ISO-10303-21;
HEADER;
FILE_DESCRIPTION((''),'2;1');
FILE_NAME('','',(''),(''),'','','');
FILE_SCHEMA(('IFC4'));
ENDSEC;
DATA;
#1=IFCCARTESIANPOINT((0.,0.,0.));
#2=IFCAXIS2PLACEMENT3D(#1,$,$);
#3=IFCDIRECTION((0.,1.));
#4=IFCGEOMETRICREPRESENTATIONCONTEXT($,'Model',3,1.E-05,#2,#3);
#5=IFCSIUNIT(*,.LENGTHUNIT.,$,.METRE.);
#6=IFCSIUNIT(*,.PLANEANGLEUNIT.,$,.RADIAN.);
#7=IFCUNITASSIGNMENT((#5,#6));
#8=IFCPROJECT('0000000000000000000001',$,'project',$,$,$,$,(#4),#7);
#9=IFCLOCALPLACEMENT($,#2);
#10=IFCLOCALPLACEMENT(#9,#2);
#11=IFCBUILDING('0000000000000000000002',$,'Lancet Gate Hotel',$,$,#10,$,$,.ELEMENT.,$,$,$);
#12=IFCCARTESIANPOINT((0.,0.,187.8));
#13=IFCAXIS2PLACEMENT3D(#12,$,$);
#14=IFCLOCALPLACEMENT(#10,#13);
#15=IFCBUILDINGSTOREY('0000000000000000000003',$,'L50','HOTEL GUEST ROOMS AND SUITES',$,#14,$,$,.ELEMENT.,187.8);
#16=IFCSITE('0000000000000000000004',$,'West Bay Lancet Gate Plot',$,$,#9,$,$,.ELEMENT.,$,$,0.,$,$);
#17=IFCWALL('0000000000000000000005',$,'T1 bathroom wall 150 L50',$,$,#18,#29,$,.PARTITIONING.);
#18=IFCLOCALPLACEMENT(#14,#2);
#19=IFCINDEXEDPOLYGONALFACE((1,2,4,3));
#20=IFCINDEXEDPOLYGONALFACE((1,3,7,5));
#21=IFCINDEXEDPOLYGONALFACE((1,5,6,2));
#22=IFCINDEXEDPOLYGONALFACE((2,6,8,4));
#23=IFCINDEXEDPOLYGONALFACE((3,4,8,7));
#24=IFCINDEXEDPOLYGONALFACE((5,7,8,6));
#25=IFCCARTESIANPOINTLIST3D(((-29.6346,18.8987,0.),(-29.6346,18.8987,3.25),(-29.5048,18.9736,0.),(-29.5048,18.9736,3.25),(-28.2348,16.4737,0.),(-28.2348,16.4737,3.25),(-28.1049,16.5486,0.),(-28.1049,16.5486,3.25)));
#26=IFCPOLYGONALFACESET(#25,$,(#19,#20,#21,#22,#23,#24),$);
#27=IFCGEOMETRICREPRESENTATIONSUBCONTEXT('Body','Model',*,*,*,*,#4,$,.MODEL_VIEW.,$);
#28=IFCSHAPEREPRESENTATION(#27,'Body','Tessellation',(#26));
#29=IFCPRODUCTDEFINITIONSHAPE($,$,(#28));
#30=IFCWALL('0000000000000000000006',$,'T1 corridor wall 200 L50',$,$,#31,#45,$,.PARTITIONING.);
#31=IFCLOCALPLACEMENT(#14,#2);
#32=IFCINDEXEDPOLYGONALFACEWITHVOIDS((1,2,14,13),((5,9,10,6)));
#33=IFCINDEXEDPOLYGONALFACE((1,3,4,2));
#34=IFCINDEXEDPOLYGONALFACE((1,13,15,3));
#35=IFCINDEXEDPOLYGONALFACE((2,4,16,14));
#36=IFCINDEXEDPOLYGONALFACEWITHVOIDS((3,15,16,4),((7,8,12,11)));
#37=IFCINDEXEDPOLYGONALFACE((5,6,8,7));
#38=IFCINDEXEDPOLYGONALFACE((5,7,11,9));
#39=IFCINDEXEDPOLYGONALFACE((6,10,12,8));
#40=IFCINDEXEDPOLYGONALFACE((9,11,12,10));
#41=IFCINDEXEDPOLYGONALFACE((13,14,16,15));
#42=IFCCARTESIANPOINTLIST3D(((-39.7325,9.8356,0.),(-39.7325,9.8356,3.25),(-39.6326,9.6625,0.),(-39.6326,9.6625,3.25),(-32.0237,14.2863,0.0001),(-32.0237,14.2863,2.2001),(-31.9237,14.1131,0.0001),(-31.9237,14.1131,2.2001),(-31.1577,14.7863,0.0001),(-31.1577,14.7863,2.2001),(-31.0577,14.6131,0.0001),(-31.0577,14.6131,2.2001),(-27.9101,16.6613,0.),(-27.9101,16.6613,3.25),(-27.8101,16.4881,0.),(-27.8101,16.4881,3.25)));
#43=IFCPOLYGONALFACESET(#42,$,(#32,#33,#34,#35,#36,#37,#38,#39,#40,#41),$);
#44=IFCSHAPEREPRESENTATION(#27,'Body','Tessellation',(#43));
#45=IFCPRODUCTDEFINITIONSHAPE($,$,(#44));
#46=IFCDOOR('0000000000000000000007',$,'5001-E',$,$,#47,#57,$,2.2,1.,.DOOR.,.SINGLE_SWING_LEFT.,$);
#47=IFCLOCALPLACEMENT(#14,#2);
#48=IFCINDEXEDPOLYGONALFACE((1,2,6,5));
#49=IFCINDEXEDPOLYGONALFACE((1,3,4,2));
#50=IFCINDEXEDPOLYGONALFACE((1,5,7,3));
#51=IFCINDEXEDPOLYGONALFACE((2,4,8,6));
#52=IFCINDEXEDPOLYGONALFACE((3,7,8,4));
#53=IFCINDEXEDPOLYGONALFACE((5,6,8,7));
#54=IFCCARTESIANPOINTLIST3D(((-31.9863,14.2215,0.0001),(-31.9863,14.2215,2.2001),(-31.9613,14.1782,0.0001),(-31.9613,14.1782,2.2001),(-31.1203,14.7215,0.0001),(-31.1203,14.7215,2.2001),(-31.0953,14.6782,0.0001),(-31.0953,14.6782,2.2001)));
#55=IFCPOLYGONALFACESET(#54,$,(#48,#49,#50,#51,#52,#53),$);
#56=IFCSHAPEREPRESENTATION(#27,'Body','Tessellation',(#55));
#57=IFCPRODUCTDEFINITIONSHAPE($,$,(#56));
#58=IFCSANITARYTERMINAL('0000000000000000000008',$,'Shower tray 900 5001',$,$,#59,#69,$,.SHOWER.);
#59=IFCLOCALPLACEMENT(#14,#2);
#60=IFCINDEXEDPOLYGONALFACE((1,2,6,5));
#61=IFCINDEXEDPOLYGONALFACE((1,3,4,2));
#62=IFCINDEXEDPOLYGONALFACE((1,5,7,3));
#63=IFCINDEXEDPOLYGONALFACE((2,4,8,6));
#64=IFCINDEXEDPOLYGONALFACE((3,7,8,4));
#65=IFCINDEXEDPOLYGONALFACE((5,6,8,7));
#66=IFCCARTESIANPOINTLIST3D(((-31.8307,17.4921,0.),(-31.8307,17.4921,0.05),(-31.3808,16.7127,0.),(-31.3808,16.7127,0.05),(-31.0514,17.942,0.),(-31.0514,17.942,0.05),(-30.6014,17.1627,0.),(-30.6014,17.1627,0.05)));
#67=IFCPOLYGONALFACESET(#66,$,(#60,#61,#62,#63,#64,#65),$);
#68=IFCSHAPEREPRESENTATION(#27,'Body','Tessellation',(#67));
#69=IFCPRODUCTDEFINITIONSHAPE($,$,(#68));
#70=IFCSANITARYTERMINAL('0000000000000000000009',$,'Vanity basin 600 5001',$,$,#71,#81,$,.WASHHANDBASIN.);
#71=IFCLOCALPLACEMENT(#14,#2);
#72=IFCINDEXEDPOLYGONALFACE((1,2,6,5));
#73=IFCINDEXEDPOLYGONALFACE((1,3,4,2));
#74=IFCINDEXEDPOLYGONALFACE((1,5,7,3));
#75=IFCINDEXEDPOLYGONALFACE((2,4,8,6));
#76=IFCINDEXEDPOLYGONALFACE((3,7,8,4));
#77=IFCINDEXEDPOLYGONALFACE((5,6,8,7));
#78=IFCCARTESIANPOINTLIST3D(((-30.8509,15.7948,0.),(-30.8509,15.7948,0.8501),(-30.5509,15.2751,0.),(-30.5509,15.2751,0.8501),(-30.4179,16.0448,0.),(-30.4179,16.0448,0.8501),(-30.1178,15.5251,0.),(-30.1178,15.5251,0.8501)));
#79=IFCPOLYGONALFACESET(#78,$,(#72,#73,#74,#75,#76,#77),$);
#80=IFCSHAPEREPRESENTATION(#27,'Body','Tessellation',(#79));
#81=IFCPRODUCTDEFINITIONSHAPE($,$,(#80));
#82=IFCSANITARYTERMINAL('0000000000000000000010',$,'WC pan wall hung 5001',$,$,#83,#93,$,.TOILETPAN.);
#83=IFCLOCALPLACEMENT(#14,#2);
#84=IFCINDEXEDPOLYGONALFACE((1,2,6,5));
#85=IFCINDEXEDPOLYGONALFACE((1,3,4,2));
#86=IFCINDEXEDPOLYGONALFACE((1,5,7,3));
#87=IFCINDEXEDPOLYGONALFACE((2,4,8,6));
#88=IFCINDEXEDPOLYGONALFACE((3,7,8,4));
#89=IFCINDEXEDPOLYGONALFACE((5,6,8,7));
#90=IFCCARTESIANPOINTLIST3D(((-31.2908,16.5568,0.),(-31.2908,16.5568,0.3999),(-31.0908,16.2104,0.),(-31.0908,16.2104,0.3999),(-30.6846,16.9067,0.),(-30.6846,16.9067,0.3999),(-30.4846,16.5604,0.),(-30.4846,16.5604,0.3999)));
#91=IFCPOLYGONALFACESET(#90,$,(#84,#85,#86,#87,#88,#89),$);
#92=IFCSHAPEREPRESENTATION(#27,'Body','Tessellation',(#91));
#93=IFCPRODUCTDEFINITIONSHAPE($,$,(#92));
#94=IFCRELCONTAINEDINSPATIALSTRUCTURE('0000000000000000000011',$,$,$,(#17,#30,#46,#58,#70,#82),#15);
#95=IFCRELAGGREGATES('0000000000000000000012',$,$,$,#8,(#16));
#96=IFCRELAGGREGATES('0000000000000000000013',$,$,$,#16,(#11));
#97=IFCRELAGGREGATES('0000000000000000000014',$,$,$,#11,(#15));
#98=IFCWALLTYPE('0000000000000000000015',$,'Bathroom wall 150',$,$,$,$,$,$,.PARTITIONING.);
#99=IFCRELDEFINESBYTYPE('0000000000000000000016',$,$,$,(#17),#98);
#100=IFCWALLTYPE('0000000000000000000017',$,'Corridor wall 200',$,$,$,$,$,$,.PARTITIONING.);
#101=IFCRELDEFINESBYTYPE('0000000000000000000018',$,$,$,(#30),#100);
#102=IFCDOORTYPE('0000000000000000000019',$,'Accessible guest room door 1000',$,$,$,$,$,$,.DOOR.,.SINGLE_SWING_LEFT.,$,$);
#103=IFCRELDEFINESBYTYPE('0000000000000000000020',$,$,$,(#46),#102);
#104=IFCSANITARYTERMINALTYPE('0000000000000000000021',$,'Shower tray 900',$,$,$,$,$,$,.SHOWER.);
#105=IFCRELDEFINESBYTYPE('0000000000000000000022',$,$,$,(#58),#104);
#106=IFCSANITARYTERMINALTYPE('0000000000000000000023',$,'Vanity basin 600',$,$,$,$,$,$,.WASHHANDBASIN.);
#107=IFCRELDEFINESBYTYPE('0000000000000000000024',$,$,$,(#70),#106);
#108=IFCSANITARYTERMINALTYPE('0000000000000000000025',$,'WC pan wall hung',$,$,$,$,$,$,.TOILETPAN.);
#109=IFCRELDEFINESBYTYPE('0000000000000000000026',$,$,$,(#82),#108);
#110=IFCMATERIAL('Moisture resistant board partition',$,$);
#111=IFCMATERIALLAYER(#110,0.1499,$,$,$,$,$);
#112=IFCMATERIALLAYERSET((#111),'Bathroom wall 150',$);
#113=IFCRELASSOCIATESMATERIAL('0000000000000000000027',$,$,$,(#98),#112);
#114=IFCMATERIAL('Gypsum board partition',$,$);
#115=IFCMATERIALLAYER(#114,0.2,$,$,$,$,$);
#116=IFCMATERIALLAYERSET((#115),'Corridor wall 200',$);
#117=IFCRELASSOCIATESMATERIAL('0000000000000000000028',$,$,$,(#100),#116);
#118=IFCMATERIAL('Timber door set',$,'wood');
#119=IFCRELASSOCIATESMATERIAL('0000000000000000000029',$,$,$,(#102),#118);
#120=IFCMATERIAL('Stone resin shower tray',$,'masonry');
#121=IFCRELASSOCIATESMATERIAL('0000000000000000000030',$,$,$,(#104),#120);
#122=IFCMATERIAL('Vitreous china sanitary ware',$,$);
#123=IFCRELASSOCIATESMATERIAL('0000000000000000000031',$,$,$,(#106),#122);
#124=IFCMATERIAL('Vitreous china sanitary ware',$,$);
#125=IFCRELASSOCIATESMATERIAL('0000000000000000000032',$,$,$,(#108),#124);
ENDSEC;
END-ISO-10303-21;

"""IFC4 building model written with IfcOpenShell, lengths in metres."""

from ifc_helpers import new_model, si_unit, direction, frame, frame_2d, origin, origin_2d, place, context, subcontext, project, spatial, rectangle, extrude, material, layer, layer_set, type_object, element, fill, save


model = new_model("IFC4")

# Units and contexts
model_context = context("Model", 3, precision=1e-05, world=origin(), true_north=direction((0.0, 1.0)))
body_context = subcontext(model_context, "Body", "Model", "MODEL_VIEW")
ifc_project = project(units=[si_unit("LENGTHUNIT", "METRE"), si_unit("PLANEANGLEUNIT", "RADIAN")], contexts=[model_context])

# Site, building, storey
site_placement = place(None, origin())
site = spatial("IfcSite", under=ifc_project, at=site_placement, Name="West Bay Lancet Gate Plot", CompositionType="ELEMENT", RefElevation=0.0)
building_placement = place(site_placement, origin())
building = spatial("IfcBuilding", under=site, at=building_placement, Name="Lancet Gate Hotel", CompositionType="ELEMENT")
storey_placement = place(building_placement, frame((0.0, 0.0, 187.8)))
storey = spatial("IfcBuildingStorey", under=building, at=storey_placement, Name="L50", Description="HOTEL GUEST ROOMS AND SUITES", CompositionType="ELEMENT", Elevation=187.8)

# Wall
ifc_material_1 = material(Name="Moisture resistant board partition")
ifc_layer_1 = layer(ifc_material_1, 0.1499)
ifc_layer_set_1 = layer_set([ifc_layer_1], Name="Bathroom wall 150")
wall_type_1 = type_object("IfcWallType", Name="Bathroom wall 150", PredefinedType="PARTITIONING", material=ifc_layer_set_1)
wall_1_placement = place(storey_placement, frame((-28.1699, 16.5112, 0.0), z_axis=(0.0, 0.0, 1.0), x_axis=(-0.499946, 0.866056, 0.0)))
element("IfcWall", 1, at=wall_1_placement, inside=storey, type_object=wall_type_1, Name="T1 bathroom wall 150 L50", PredefinedType="PARTITIONING", context=body_context, shape_type="SweptSolid", body=[
    extrude(rectangle(XDim=2.8, YDim=0.1499, at=frame_2d((1.3999, 0.0))), origin(), (0.0, 0.0, 1.0), 3.25),
])

# Wall, opening, door
ifc_material_2 = material(Name="Gypsum board partition")
ifc_layer_2 = layer(ifc_material_2, 0.2)
ifc_layer_set_2 = layer_set([ifc_layer_2], Name="Corridor wall 200")
wall_type_2 = type_object("IfcWallType", Name="Corridor wall 200", PredefinedType="PARTITIONING", material=ifc_layer_set_2)
wall_2_placement = place(storey_placement, frame((-27.8601, 16.5747, 0.0), z_axis=(0.0, 0.0, 1.0), x_axis=(-0.866027, -0.499997, 0.0)))
wall_2 = element("IfcWall", 2, at=wall_2_placement, inside=storey, type_object=wall_type_2, Name="T1 corridor wall 200 L50", PredefinedType="PARTITIONING", context=body_context, shape_type="SweptSolid", body=[
    extrude(rectangle(XDim=13.6514, YDim=0.2, at=frame_2d((6.8257, 0.0))), origin(), (0.0, 0.0, 1.0), 3.25),
])
opening_placement = place(wall_2_placement, frame((3.75, 0.0, 0.0)))
opening = element("IfcOpeningElement", 3, at=opening_placement, cuts=wall_2, PredefinedType="OPENING", context=body_context, shape_type="SweptSolid", body=[
    extrude(rectangle(XDim=1.0, YDim=2.2, at=frame_2d((0.5, 1.1001))), frame((0.0, 0.1099, 0.0), z_axis=(0.0, -1.0, 0.0), x_axis=(1.0, 0.0, 0.0)), (0.0, 0.0, 1.0), 0.22),
])
ifc_material_3 = material(Name="Timber door set", Category="wood")
door_type = type_object("IfcDoorType", Name="Accessible guest room door 1000", OperationType="SINGLE_SWING_LEFT", PredefinedType="DOOR", material=ifc_material_3)
door_placement = place(opening_placement, origin())
door = element("IfcDoor", 4, at=door_placement, inside=storey, type_object=door_type, Name="5001-E", OperationType="SINGLE_SWING_LEFT", OverallHeight=2.2, OverallWidth=1.0, PredefinedType="DOOR", context=body_context, shape_type="SweptSolid", body=[
    extrude(rectangle(XDim=1.0, YDim=2.2, at=frame_2d((0.5, 1.1001))), frame((0.0, 0.0249, 0.0), z_axis=(0.0, -1.0, 0.0), x_axis=(1.0, 0.0, 0.0)), (0.0, 0.0, 1.0), 0.05),
])
fill(opening, door)

# Sanitary terminals
ifc_material_4 = material(Name="Stone resin shower tray", Category="masonry")
sanitary_terminal_type_1 = type_object("IfcSanitaryTerminalType", Name="Shower tray 900", PredefinedType="SHOWER", material=ifc_material_4)
sanitary_terminal_1_placement = place(storey_placement, frame((-31.2161, 17.3274, 0.0), z_axis=(0.0, 0.0, 1.0), x_axis=(-0.5, 0.866025, 0.0)))
element("IfcSanitaryTerminal", 5, at=sanitary_terminal_1_placement, inside=storey, type_object=sanitary_terminal_type_1, Name="Shower tray 900 5001", PredefinedType="SHOWER", context=body_context, shape_type="SweptSolid", body=[
    extrude(rectangle(XDim=0.8999, YDim=0.8999, at=origin_2d()), origin(), (0.0, 0.0, 1.0), 0.05),
])
ifc_material_5 = material(Name="Vitreous china sanitary ware")
sanitary_terminal_type_2 = type_object("IfcSanitaryTerminalType", Name="Vanity basin 600", PredefinedType="WASHHANDBASIN", material=ifc_material_5)
sanitary_terminal_2_placement = place(storey_placement, frame((-30.4844, 15.6599, 0.0), z_axis=(0.0, 0.0, 1.0), x_axis=(-0.5, 0.866025, 0.0)))
element("IfcSanitaryTerminal", 6, at=sanitary_terminal_2_placement, inside=storey, type_object=sanitary_terminal_type_2, Name="Vanity basin 600 5001", PredefinedType="WASHHANDBASIN", context=body_context, shape_type="SweptSolid", body=[
    extrude(rectangle(XDim=0.6001, YDim=0.5, at=origin_2d()), origin(), (0.0, 0.0, 1.0), 0.8501),
])
ifc_material_6 = material(Name="Vitreous china sanitary ware")
sanitary_terminal_type_3 = type_object("IfcSanitaryTerminalType", Name="WC pan wall hung", PredefinedType="TOILETPAN", material=ifc_material_6)
sanitary_terminal_3_placement = place(storey_placement, frame((-30.8877, 16.5586, 0.0), z_axis=(0.0, 0.0, 1.0), x_axis=(-0.5, 0.866025, 0.0)))
element("IfcSanitaryTerminal", 7, at=sanitary_terminal_3_placement, inside=storey, type_object=sanitary_terminal_type_3, Name="WC pan wall hung 5001", PredefinedType="TOILETPAN", context=body_context, shape_type="SweptSolid", body=[
    extrude(rectangle(XDim=0.3999, YDim=0.7, at=origin_2d()), origin(), (0.0, 0.0, 1.0), 0.3999),
])

save(model, "model.ifc")
